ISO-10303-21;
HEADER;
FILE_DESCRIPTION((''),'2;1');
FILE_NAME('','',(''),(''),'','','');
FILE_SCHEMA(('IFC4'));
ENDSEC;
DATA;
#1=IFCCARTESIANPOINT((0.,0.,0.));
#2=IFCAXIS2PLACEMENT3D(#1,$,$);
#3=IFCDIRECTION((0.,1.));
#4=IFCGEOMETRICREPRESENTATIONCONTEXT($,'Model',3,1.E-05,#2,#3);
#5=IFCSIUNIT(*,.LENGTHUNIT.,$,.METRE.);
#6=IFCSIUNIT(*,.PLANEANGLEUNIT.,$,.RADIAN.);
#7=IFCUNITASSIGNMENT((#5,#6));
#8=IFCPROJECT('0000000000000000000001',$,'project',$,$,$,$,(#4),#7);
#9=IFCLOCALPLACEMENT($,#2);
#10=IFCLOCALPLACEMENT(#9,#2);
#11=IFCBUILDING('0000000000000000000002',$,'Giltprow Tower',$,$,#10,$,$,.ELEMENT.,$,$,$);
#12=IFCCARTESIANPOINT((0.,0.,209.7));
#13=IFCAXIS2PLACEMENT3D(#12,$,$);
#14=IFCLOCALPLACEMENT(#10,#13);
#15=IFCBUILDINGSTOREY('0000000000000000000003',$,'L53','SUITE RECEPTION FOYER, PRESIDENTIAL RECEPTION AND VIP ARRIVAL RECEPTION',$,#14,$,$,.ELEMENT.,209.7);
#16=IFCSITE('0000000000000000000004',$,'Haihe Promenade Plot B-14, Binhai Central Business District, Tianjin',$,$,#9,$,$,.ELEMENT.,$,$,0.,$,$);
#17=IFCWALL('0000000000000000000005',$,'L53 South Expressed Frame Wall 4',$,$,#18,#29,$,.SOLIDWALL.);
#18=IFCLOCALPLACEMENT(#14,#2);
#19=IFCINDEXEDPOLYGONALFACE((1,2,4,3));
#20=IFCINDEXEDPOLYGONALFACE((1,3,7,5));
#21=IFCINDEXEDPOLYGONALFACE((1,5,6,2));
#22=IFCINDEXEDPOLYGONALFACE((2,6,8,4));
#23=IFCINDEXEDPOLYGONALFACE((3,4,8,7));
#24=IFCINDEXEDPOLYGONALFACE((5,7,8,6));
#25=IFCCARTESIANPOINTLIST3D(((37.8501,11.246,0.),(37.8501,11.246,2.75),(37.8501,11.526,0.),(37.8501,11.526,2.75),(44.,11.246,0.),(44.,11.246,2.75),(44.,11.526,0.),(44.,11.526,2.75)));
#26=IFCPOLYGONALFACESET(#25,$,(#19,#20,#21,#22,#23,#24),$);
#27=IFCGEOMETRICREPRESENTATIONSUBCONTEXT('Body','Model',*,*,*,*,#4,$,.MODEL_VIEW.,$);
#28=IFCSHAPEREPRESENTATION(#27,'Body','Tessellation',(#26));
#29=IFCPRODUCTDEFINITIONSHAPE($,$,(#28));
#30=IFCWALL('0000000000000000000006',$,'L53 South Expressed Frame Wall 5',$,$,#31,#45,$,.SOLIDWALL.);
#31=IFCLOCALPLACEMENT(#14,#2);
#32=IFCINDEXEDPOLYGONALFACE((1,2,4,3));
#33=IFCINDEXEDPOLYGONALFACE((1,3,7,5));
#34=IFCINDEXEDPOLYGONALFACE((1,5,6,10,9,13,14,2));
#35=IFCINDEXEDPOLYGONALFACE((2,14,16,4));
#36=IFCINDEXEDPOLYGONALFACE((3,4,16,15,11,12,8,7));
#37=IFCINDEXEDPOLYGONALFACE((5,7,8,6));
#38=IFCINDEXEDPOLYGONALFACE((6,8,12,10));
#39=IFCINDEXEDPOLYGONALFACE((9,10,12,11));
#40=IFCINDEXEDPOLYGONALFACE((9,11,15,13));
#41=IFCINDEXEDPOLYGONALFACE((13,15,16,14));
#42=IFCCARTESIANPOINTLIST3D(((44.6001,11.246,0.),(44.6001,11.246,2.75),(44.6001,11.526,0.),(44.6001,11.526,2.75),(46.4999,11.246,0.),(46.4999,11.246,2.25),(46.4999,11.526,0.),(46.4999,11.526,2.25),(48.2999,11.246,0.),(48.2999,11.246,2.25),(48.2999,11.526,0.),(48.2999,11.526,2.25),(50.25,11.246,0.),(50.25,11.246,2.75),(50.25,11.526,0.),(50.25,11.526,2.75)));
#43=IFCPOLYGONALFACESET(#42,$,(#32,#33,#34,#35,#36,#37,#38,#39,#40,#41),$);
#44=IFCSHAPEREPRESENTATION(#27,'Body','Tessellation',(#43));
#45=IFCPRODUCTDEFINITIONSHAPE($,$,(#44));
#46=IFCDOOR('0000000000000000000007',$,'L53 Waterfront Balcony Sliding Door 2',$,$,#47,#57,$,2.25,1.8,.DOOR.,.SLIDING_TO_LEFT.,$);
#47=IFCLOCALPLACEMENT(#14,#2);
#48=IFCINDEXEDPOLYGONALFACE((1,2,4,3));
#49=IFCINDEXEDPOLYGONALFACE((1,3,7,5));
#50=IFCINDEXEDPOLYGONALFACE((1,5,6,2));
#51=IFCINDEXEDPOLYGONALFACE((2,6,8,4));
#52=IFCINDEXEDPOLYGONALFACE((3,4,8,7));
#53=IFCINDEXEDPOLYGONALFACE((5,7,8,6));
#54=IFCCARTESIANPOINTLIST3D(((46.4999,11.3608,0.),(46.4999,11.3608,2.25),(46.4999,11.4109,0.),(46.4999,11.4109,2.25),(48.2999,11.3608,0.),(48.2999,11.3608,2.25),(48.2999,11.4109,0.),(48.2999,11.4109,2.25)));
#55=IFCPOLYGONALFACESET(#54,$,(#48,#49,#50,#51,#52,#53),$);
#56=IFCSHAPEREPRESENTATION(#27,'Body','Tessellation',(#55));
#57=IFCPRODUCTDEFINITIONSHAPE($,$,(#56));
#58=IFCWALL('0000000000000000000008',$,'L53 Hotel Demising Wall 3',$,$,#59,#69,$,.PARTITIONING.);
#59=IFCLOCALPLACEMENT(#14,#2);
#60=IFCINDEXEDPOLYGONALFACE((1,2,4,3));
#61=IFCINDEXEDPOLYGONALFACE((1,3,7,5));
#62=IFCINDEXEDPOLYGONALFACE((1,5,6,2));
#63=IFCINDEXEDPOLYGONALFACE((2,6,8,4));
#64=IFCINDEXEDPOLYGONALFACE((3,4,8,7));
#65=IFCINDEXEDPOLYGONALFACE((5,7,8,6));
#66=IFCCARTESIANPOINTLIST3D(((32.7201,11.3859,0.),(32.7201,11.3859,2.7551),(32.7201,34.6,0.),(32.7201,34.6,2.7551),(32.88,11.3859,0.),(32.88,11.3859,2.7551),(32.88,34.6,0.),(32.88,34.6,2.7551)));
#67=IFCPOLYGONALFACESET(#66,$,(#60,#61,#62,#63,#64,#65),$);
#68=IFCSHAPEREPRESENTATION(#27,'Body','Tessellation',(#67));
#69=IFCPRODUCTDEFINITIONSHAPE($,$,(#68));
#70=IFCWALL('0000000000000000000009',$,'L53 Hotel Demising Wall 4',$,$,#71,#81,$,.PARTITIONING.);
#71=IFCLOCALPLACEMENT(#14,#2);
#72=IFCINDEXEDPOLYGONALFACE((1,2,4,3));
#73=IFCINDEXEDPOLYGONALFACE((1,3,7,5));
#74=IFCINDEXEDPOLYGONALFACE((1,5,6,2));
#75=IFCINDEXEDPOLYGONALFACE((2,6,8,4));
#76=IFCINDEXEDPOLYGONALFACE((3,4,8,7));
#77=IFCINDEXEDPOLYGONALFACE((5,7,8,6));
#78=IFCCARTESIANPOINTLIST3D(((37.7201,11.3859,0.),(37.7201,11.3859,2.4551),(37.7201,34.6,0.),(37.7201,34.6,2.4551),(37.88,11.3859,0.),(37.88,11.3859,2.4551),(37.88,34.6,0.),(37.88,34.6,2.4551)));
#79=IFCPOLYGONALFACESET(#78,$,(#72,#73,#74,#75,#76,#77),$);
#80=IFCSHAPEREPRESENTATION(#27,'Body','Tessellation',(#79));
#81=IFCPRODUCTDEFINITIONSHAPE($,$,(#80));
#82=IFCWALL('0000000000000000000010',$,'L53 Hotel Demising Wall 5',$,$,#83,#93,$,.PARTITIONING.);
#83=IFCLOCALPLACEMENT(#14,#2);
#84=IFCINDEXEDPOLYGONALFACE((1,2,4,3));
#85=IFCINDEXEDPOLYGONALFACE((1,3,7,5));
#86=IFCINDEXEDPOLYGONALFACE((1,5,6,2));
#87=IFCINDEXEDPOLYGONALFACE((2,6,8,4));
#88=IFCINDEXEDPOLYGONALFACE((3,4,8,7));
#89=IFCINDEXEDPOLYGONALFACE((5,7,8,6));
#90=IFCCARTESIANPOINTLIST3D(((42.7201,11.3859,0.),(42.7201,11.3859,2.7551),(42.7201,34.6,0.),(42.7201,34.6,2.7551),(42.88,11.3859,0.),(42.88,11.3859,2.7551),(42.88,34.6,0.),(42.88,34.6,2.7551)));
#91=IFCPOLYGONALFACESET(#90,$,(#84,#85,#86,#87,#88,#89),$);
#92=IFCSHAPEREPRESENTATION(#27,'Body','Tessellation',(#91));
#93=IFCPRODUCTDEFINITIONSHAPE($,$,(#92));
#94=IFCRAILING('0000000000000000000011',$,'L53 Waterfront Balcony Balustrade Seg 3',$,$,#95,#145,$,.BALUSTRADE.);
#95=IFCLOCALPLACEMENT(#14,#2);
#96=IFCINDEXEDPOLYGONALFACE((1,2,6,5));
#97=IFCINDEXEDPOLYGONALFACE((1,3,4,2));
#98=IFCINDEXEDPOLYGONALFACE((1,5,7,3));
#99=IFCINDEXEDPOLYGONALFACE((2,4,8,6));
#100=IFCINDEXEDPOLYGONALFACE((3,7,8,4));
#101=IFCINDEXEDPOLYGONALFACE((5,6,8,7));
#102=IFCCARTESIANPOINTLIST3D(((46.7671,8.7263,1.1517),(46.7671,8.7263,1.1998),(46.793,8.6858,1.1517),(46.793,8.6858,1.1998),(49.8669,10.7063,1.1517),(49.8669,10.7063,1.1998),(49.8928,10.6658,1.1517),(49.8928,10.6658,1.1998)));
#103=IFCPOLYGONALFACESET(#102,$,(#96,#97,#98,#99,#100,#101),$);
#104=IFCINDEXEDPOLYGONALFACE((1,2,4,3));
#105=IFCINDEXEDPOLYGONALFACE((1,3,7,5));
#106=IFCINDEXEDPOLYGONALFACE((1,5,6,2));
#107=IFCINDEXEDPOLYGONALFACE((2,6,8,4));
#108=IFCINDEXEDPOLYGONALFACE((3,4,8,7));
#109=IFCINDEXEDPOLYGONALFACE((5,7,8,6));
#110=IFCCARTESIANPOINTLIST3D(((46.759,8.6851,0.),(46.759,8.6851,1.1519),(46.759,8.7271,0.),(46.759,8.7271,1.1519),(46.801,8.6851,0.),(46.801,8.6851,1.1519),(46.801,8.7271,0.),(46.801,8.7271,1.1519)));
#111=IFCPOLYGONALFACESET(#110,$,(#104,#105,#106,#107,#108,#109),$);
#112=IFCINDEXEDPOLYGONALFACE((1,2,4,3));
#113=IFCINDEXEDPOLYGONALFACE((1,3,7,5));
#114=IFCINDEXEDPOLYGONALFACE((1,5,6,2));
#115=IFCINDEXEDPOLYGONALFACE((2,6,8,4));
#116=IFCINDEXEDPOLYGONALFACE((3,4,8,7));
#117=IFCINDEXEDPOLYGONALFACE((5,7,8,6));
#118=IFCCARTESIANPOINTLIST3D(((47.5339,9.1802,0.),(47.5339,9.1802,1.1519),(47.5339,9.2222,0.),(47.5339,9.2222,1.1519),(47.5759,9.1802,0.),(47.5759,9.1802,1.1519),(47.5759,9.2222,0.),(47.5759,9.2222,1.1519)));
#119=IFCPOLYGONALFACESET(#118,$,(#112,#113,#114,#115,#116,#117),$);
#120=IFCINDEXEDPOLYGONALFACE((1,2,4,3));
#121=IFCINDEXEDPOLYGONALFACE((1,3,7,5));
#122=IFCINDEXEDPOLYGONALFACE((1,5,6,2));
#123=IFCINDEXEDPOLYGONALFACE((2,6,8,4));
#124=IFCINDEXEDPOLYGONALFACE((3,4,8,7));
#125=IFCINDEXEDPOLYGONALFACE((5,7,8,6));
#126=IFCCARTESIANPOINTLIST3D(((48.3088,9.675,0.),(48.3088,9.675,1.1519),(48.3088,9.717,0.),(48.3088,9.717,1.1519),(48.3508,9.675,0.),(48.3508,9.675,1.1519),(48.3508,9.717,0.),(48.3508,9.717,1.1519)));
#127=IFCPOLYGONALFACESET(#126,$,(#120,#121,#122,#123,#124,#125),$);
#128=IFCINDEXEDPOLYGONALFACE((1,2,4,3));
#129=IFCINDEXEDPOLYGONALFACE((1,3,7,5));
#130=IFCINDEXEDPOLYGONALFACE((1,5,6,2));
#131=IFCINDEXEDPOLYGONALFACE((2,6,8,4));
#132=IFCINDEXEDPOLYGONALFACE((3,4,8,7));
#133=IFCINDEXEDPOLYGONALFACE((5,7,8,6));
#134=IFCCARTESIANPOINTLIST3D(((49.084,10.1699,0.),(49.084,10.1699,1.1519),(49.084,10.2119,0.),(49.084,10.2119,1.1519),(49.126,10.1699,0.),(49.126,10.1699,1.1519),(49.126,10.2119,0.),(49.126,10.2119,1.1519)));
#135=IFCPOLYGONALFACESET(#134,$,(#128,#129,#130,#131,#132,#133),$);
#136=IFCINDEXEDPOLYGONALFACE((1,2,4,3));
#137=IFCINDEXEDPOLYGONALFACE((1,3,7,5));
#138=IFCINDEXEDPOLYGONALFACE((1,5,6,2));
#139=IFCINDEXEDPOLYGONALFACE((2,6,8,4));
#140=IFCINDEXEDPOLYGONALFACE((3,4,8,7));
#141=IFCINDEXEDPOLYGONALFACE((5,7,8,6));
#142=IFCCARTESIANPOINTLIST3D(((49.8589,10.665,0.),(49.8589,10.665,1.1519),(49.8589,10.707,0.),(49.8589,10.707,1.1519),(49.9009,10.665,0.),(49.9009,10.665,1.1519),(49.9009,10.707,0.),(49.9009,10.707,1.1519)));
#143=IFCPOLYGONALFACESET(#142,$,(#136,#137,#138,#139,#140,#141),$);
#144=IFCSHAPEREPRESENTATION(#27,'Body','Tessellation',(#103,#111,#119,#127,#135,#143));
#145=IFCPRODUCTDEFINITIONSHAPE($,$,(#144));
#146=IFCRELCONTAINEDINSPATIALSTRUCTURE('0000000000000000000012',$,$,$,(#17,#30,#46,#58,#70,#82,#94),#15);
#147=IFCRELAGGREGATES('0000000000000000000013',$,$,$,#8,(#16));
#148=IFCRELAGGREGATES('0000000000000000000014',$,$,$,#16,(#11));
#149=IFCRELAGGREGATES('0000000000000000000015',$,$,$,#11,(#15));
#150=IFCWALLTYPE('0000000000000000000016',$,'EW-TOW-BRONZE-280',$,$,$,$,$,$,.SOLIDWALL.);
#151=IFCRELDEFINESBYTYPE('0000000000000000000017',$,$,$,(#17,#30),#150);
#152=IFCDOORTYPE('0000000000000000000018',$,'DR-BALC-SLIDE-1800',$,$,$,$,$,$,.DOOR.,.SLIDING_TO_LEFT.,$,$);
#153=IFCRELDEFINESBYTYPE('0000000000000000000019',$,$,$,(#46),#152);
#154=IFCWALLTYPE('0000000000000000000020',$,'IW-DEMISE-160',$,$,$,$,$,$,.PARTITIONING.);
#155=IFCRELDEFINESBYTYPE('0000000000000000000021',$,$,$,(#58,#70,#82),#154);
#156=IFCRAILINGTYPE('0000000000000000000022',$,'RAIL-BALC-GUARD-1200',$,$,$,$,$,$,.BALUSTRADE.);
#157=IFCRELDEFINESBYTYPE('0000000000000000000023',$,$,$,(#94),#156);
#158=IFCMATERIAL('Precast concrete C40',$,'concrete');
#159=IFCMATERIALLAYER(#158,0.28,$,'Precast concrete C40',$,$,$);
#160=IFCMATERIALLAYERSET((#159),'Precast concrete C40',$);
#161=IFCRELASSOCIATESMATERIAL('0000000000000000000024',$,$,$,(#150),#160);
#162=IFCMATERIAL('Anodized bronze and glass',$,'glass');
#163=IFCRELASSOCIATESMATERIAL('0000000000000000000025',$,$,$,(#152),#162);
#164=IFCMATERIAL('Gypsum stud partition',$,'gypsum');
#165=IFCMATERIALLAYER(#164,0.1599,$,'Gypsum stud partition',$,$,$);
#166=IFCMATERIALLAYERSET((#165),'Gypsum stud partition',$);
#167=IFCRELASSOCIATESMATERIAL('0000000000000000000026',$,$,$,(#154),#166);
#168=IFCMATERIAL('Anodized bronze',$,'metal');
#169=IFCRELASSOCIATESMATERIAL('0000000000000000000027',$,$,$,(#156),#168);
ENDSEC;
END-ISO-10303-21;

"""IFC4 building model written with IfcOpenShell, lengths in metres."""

from ifc_helpers import new_model, si_unit, direction, frame, frame_2d, origin, origin_2d, place, context, subcontext, project, spatial, rectangle, extrude, source, transform, mapped, material, layer, layer_set, type_object, element, fill, save


model = new_model("IFC4")

# Units and contexts
model_context = context("Model", 3, precision=1e-05, world=origin(), true_north=direction((0.0, 1.0)))
body_context = subcontext(model_context, "Body", "Model", "MODEL_VIEW")
ifc_project = project(units=[si_unit("LENGTHUNIT", "METRE"), si_unit("PLANEANGLEUNIT", "RADIAN")], contexts=[model_context])

# Site, building, storey
site_placement = place(None, origin())
site = spatial("IfcSite", under=ifc_project, at=site_placement, Name="Haihe Promenade Plot B-14, Binhai Central Business District, Tianjin", CompositionType="ELEMENT", RefElevation=0.0)
building_placement = place(site_placement, origin())
building = spatial("IfcBuilding", under=site, at=building_placement, Name="Giltprow Tower", CompositionType="ELEMENT")
storey_placement = place(building_placement, frame((0.0, 0.0, 209.7)))
storey = spatial("IfcBuildingStorey", under=building, at=storey_placement, Name="L53", Description="SUITE RECEPTION FOYER, PRESIDENTIAL RECEPTION AND VIP ARRIVAL RECEPTION", CompositionType="ELEMENT", Elevation=209.7)

# Shared definitions
ifc_material_1 = material(Name="Anodized bronze", Category="metal")

# Wall
ifc_material_2 = material(Name="Precast concrete C40", Category="concrete")
ifc_layer_1 = layer(ifc_material_2, 0.28, Name="Precast concrete C40")
ifc_layer_set_1 = layer_set([ifc_layer_1], Name="Precast concrete C40")
wall_type_1 = type_object("IfcWallType", Name="EW-TOW-BRONZE-280", PredefinedType="SOLIDWALL", material=ifc_layer_set_1)
wall_1_placement = place(storey_placement, frame((37.8501, 11.386, 0.0), z_axis=(0.0, 0.0, 1.0), x_axis=(1.0, 0.0, 0.0)))
element("IfcWall", 1, at=wall_1_placement, inside=storey, type_object=wall_type_1, Name="L53 South Expressed Frame Wall 4", PredefinedType="SOLIDWALL", context=body_context, shape_type="SweptSolid", body=[
    extrude(rectangle(XDim=6.1499, YDim=0.28, at=frame_2d((3.075, 0.0))), origin(), (0.0, 0.0, 1.0), 2.75),
])

# Wall, opening, door
wall_2_placement = place(storey_placement, frame((44.6001, 11.386, 0.0), z_axis=(0.0, 0.0, 1.0), x_axis=(1.0, 0.0, 0.0)))
wall_2 = element("IfcWall", 2, at=wall_2_placement, inside=storey, type_object=wall_type_1, Name="L53 South Expressed Frame Wall 5", PredefinedType="SOLIDWALL", context=body_context, shape_type="SweptSolid", body=[
    extrude(rectangle(XDim=5.6499, YDim=0.28, at=frame_2d((2.825, 0.0))), origin(), (0.0, 0.0, 1.0), 2.75),
])
opening_placement = place(wall_2_placement, frame((1.8999, 0.0, 0.0)))
opening = element("IfcOpeningElement", 3, at=opening_placement, cuts=wall_2, PredefinedType="OPENING", context=body_context, shape_type="SweptSolid", body=[
    extrude(rectangle(XDim=1.8, YDim=2.25, at=frame_2d((0.8999, 1.125))), frame((0.0, 0.1499, 0.0), z_axis=(0.0, -1.0, 0.0), x_axis=(1.0, 0.0, 0.0)), (0.0, 0.0, 1.0), 0.3),
])
ifc_material_3 = material(Name="Anodized bronze and glass", Category="glass")
door_type = type_object("IfcDoorType", Name="DR-BALC-SLIDE-1800", OperationType="SLIDING_TO_LEFT", PredefinedType="DOOR", material=ifc_material_3)
shared_shape_1 = source(origin(), body_context, "Body", "SweptSolid", [
    extrude(rectangle(XDim=1.8, YDim=2.25, at=frame_2d((0.8999, 1.125))), frame((0.0, 0.0249, 0.0), z_axis=(0.0, -1.0, 0.0), x_axis=(1.0, 0.0, 0.0)), (0.0, 0.0, 1.0), 0.05),
])
door_placement = place(opening_placement, origin())
door = element("IfcDoor", 4, at=door_placement, inside=storey, type_object=door_type, Name="L53 Waterfront Balcony Sliding Door 2", OperationType="SLIDING_TO_LEFT", OverallHeight=2.25, OverallWidth=1.8, PredefinedType="DOOR", context=body_context, shape_type="MappedRepresentation", body=[
    mapped(shared_shape_1, transform((0.0, 0.0, 0.0), x_axis=(1.0, 0.0, 0.0), y_axis=(0.0, 1.0, 0.0), z_axis=(0.0, 0.0, 1.0), scale=1.0)),
])
fill(opening, door)

# Walls
ifc_material_4 = material(Name="Gypsum stud partition", Category="gypsum")
ifc_layer_2 = layer(ifc_material_4, 0.1599, Name="Gypsum stud partition")
ifc_layer_set_2 = layer_set([ifc_layer_2], Name="Gypsum stud partition")
wall_type_2 = type_object("IfcWallType", Name="IW-DEMISE-160", PredefinedType="PARTITIONING", material=ifc_layer_set_2)
wall_3_placement = place(storey_placement, frame((32.8, 11.386, 0.0), z_axis=(0.0, 0.0, 1.0), x_axis=(0.0, 1.0, 0.0)))
element("IfcWall", 5, at=wall_3_placement, inside=storey, type_object=wall_type_2, Name="L53 Hotel Demising Wall 3", PredefinedType="PARTITIONING", context=body_context, shape_type="SweptSolid", body=[
    extrude(rectangle(XDim=23.2141, YDim=0.1599, at=frame_2d((11.6069, 0.0))), origin(), (0.0, 0.0, 1.0), 2.7551),
])
wall_4_placement = place(storey_placement, frame((37.8, 11.386, 0.0), z_axis=(0.0, 0.0, 1.0), x_axis=(0.0, 1.0, 0.0)))
element("IfcWall", 6, at=wall_4_placement, inside=storey, type_object=wall_type_2, Name="L53 Hotel Demising Wall 4", PredefinedType="PARTITIONING", context=body_context, shape_type="SweptSolid", body=[
    extrude(rectangle(XDim=23.2141, YDim=0.1599, at=frame_2d((11.6069, 0.0))), origin(), (0.0, 0.0, 1.0), 2.4551),
])
wall_5_placement = place(storey_placement, frame((42.8, 11.386, 0.0), z_axis=(0.0, 0.0, 1.0), x_axis=(0.0, 1.0, 0.0)))
element("IfcWall", 7, at=wall_5_placement, inside=storey, type_object=wall_type_2, Name="L53 Hotel Demising Wall 5", PredefinedType="PARTITIONING", context=body_context, shape_type="SweptSolid", body=[
    extrude(rectangle(XDim=23.2141, YDim=0.1599, at=frame_2d((11.6069, 0.0))), origin(), (0.0, 0.0, 1.0), 2.7551),
])

# Railing
railing_type = type_object("IfcRailingType", Name="RAIL-BALC-GUARD-1200", PredefinedType="BALUSTRADE", material=ifc_material_1)
railing_1_placement = place(storey_placement, frame((46.78, 8.7061, 0.0)))
element("IfcRailing", 8, at=railing_1_placement, inside=storey, type_object=railing_type, Name="L53 Waterfront Balcony Balustrade Seg 3", PredefinedType="BALUSTRADE", context=body_context, shape_type="SweptSolid", body=[
    extrude(rectangle(XDim=0.0481, YDim=0.0481, at=origin_2d()), frame((0.0, 0.0, 1.1758), z_axis=(0.842756, 0.538296, 0.0), x_axis=(-0.538296, 0.842756, 0.0)), (0.0, 0.0, 1.0), 3.6782),
    extrude(rectangle(XDim=0.042, YDim=0.042, at=origin_2d()), origin(), (0.0, 0.0, 1.0), 1.1519),
    extrude(rectangle(XDim=0.042, YDim=0.042, at=origin_2d()), frame((0.7749, 0.4951, 0.0)), (0.0, 0.0, 1.0), 1.1519),
    extrude(rectangle(XDim=0.042, YDim=0.042, at=origin_2d()), frame((1.5498, 0.99, 0.0)), (0.0, 0.0, 1.0), 1.1519),
    extrude(rectangle(XDim=0.042, YDim=0.042, at=origin_2d()), frame((2.325, 1.4849, 0.0)), (0.0, 0.0, 1.0), 1.1519),
    extrude(rectangle(XDim=0.042, YDim=0.042, at=origin_2d()), frame((3.0999, 1.98, 0.0)), (0.0, 0.0, 1.0), 1.1519),
])

save(model, "model.ifc")
